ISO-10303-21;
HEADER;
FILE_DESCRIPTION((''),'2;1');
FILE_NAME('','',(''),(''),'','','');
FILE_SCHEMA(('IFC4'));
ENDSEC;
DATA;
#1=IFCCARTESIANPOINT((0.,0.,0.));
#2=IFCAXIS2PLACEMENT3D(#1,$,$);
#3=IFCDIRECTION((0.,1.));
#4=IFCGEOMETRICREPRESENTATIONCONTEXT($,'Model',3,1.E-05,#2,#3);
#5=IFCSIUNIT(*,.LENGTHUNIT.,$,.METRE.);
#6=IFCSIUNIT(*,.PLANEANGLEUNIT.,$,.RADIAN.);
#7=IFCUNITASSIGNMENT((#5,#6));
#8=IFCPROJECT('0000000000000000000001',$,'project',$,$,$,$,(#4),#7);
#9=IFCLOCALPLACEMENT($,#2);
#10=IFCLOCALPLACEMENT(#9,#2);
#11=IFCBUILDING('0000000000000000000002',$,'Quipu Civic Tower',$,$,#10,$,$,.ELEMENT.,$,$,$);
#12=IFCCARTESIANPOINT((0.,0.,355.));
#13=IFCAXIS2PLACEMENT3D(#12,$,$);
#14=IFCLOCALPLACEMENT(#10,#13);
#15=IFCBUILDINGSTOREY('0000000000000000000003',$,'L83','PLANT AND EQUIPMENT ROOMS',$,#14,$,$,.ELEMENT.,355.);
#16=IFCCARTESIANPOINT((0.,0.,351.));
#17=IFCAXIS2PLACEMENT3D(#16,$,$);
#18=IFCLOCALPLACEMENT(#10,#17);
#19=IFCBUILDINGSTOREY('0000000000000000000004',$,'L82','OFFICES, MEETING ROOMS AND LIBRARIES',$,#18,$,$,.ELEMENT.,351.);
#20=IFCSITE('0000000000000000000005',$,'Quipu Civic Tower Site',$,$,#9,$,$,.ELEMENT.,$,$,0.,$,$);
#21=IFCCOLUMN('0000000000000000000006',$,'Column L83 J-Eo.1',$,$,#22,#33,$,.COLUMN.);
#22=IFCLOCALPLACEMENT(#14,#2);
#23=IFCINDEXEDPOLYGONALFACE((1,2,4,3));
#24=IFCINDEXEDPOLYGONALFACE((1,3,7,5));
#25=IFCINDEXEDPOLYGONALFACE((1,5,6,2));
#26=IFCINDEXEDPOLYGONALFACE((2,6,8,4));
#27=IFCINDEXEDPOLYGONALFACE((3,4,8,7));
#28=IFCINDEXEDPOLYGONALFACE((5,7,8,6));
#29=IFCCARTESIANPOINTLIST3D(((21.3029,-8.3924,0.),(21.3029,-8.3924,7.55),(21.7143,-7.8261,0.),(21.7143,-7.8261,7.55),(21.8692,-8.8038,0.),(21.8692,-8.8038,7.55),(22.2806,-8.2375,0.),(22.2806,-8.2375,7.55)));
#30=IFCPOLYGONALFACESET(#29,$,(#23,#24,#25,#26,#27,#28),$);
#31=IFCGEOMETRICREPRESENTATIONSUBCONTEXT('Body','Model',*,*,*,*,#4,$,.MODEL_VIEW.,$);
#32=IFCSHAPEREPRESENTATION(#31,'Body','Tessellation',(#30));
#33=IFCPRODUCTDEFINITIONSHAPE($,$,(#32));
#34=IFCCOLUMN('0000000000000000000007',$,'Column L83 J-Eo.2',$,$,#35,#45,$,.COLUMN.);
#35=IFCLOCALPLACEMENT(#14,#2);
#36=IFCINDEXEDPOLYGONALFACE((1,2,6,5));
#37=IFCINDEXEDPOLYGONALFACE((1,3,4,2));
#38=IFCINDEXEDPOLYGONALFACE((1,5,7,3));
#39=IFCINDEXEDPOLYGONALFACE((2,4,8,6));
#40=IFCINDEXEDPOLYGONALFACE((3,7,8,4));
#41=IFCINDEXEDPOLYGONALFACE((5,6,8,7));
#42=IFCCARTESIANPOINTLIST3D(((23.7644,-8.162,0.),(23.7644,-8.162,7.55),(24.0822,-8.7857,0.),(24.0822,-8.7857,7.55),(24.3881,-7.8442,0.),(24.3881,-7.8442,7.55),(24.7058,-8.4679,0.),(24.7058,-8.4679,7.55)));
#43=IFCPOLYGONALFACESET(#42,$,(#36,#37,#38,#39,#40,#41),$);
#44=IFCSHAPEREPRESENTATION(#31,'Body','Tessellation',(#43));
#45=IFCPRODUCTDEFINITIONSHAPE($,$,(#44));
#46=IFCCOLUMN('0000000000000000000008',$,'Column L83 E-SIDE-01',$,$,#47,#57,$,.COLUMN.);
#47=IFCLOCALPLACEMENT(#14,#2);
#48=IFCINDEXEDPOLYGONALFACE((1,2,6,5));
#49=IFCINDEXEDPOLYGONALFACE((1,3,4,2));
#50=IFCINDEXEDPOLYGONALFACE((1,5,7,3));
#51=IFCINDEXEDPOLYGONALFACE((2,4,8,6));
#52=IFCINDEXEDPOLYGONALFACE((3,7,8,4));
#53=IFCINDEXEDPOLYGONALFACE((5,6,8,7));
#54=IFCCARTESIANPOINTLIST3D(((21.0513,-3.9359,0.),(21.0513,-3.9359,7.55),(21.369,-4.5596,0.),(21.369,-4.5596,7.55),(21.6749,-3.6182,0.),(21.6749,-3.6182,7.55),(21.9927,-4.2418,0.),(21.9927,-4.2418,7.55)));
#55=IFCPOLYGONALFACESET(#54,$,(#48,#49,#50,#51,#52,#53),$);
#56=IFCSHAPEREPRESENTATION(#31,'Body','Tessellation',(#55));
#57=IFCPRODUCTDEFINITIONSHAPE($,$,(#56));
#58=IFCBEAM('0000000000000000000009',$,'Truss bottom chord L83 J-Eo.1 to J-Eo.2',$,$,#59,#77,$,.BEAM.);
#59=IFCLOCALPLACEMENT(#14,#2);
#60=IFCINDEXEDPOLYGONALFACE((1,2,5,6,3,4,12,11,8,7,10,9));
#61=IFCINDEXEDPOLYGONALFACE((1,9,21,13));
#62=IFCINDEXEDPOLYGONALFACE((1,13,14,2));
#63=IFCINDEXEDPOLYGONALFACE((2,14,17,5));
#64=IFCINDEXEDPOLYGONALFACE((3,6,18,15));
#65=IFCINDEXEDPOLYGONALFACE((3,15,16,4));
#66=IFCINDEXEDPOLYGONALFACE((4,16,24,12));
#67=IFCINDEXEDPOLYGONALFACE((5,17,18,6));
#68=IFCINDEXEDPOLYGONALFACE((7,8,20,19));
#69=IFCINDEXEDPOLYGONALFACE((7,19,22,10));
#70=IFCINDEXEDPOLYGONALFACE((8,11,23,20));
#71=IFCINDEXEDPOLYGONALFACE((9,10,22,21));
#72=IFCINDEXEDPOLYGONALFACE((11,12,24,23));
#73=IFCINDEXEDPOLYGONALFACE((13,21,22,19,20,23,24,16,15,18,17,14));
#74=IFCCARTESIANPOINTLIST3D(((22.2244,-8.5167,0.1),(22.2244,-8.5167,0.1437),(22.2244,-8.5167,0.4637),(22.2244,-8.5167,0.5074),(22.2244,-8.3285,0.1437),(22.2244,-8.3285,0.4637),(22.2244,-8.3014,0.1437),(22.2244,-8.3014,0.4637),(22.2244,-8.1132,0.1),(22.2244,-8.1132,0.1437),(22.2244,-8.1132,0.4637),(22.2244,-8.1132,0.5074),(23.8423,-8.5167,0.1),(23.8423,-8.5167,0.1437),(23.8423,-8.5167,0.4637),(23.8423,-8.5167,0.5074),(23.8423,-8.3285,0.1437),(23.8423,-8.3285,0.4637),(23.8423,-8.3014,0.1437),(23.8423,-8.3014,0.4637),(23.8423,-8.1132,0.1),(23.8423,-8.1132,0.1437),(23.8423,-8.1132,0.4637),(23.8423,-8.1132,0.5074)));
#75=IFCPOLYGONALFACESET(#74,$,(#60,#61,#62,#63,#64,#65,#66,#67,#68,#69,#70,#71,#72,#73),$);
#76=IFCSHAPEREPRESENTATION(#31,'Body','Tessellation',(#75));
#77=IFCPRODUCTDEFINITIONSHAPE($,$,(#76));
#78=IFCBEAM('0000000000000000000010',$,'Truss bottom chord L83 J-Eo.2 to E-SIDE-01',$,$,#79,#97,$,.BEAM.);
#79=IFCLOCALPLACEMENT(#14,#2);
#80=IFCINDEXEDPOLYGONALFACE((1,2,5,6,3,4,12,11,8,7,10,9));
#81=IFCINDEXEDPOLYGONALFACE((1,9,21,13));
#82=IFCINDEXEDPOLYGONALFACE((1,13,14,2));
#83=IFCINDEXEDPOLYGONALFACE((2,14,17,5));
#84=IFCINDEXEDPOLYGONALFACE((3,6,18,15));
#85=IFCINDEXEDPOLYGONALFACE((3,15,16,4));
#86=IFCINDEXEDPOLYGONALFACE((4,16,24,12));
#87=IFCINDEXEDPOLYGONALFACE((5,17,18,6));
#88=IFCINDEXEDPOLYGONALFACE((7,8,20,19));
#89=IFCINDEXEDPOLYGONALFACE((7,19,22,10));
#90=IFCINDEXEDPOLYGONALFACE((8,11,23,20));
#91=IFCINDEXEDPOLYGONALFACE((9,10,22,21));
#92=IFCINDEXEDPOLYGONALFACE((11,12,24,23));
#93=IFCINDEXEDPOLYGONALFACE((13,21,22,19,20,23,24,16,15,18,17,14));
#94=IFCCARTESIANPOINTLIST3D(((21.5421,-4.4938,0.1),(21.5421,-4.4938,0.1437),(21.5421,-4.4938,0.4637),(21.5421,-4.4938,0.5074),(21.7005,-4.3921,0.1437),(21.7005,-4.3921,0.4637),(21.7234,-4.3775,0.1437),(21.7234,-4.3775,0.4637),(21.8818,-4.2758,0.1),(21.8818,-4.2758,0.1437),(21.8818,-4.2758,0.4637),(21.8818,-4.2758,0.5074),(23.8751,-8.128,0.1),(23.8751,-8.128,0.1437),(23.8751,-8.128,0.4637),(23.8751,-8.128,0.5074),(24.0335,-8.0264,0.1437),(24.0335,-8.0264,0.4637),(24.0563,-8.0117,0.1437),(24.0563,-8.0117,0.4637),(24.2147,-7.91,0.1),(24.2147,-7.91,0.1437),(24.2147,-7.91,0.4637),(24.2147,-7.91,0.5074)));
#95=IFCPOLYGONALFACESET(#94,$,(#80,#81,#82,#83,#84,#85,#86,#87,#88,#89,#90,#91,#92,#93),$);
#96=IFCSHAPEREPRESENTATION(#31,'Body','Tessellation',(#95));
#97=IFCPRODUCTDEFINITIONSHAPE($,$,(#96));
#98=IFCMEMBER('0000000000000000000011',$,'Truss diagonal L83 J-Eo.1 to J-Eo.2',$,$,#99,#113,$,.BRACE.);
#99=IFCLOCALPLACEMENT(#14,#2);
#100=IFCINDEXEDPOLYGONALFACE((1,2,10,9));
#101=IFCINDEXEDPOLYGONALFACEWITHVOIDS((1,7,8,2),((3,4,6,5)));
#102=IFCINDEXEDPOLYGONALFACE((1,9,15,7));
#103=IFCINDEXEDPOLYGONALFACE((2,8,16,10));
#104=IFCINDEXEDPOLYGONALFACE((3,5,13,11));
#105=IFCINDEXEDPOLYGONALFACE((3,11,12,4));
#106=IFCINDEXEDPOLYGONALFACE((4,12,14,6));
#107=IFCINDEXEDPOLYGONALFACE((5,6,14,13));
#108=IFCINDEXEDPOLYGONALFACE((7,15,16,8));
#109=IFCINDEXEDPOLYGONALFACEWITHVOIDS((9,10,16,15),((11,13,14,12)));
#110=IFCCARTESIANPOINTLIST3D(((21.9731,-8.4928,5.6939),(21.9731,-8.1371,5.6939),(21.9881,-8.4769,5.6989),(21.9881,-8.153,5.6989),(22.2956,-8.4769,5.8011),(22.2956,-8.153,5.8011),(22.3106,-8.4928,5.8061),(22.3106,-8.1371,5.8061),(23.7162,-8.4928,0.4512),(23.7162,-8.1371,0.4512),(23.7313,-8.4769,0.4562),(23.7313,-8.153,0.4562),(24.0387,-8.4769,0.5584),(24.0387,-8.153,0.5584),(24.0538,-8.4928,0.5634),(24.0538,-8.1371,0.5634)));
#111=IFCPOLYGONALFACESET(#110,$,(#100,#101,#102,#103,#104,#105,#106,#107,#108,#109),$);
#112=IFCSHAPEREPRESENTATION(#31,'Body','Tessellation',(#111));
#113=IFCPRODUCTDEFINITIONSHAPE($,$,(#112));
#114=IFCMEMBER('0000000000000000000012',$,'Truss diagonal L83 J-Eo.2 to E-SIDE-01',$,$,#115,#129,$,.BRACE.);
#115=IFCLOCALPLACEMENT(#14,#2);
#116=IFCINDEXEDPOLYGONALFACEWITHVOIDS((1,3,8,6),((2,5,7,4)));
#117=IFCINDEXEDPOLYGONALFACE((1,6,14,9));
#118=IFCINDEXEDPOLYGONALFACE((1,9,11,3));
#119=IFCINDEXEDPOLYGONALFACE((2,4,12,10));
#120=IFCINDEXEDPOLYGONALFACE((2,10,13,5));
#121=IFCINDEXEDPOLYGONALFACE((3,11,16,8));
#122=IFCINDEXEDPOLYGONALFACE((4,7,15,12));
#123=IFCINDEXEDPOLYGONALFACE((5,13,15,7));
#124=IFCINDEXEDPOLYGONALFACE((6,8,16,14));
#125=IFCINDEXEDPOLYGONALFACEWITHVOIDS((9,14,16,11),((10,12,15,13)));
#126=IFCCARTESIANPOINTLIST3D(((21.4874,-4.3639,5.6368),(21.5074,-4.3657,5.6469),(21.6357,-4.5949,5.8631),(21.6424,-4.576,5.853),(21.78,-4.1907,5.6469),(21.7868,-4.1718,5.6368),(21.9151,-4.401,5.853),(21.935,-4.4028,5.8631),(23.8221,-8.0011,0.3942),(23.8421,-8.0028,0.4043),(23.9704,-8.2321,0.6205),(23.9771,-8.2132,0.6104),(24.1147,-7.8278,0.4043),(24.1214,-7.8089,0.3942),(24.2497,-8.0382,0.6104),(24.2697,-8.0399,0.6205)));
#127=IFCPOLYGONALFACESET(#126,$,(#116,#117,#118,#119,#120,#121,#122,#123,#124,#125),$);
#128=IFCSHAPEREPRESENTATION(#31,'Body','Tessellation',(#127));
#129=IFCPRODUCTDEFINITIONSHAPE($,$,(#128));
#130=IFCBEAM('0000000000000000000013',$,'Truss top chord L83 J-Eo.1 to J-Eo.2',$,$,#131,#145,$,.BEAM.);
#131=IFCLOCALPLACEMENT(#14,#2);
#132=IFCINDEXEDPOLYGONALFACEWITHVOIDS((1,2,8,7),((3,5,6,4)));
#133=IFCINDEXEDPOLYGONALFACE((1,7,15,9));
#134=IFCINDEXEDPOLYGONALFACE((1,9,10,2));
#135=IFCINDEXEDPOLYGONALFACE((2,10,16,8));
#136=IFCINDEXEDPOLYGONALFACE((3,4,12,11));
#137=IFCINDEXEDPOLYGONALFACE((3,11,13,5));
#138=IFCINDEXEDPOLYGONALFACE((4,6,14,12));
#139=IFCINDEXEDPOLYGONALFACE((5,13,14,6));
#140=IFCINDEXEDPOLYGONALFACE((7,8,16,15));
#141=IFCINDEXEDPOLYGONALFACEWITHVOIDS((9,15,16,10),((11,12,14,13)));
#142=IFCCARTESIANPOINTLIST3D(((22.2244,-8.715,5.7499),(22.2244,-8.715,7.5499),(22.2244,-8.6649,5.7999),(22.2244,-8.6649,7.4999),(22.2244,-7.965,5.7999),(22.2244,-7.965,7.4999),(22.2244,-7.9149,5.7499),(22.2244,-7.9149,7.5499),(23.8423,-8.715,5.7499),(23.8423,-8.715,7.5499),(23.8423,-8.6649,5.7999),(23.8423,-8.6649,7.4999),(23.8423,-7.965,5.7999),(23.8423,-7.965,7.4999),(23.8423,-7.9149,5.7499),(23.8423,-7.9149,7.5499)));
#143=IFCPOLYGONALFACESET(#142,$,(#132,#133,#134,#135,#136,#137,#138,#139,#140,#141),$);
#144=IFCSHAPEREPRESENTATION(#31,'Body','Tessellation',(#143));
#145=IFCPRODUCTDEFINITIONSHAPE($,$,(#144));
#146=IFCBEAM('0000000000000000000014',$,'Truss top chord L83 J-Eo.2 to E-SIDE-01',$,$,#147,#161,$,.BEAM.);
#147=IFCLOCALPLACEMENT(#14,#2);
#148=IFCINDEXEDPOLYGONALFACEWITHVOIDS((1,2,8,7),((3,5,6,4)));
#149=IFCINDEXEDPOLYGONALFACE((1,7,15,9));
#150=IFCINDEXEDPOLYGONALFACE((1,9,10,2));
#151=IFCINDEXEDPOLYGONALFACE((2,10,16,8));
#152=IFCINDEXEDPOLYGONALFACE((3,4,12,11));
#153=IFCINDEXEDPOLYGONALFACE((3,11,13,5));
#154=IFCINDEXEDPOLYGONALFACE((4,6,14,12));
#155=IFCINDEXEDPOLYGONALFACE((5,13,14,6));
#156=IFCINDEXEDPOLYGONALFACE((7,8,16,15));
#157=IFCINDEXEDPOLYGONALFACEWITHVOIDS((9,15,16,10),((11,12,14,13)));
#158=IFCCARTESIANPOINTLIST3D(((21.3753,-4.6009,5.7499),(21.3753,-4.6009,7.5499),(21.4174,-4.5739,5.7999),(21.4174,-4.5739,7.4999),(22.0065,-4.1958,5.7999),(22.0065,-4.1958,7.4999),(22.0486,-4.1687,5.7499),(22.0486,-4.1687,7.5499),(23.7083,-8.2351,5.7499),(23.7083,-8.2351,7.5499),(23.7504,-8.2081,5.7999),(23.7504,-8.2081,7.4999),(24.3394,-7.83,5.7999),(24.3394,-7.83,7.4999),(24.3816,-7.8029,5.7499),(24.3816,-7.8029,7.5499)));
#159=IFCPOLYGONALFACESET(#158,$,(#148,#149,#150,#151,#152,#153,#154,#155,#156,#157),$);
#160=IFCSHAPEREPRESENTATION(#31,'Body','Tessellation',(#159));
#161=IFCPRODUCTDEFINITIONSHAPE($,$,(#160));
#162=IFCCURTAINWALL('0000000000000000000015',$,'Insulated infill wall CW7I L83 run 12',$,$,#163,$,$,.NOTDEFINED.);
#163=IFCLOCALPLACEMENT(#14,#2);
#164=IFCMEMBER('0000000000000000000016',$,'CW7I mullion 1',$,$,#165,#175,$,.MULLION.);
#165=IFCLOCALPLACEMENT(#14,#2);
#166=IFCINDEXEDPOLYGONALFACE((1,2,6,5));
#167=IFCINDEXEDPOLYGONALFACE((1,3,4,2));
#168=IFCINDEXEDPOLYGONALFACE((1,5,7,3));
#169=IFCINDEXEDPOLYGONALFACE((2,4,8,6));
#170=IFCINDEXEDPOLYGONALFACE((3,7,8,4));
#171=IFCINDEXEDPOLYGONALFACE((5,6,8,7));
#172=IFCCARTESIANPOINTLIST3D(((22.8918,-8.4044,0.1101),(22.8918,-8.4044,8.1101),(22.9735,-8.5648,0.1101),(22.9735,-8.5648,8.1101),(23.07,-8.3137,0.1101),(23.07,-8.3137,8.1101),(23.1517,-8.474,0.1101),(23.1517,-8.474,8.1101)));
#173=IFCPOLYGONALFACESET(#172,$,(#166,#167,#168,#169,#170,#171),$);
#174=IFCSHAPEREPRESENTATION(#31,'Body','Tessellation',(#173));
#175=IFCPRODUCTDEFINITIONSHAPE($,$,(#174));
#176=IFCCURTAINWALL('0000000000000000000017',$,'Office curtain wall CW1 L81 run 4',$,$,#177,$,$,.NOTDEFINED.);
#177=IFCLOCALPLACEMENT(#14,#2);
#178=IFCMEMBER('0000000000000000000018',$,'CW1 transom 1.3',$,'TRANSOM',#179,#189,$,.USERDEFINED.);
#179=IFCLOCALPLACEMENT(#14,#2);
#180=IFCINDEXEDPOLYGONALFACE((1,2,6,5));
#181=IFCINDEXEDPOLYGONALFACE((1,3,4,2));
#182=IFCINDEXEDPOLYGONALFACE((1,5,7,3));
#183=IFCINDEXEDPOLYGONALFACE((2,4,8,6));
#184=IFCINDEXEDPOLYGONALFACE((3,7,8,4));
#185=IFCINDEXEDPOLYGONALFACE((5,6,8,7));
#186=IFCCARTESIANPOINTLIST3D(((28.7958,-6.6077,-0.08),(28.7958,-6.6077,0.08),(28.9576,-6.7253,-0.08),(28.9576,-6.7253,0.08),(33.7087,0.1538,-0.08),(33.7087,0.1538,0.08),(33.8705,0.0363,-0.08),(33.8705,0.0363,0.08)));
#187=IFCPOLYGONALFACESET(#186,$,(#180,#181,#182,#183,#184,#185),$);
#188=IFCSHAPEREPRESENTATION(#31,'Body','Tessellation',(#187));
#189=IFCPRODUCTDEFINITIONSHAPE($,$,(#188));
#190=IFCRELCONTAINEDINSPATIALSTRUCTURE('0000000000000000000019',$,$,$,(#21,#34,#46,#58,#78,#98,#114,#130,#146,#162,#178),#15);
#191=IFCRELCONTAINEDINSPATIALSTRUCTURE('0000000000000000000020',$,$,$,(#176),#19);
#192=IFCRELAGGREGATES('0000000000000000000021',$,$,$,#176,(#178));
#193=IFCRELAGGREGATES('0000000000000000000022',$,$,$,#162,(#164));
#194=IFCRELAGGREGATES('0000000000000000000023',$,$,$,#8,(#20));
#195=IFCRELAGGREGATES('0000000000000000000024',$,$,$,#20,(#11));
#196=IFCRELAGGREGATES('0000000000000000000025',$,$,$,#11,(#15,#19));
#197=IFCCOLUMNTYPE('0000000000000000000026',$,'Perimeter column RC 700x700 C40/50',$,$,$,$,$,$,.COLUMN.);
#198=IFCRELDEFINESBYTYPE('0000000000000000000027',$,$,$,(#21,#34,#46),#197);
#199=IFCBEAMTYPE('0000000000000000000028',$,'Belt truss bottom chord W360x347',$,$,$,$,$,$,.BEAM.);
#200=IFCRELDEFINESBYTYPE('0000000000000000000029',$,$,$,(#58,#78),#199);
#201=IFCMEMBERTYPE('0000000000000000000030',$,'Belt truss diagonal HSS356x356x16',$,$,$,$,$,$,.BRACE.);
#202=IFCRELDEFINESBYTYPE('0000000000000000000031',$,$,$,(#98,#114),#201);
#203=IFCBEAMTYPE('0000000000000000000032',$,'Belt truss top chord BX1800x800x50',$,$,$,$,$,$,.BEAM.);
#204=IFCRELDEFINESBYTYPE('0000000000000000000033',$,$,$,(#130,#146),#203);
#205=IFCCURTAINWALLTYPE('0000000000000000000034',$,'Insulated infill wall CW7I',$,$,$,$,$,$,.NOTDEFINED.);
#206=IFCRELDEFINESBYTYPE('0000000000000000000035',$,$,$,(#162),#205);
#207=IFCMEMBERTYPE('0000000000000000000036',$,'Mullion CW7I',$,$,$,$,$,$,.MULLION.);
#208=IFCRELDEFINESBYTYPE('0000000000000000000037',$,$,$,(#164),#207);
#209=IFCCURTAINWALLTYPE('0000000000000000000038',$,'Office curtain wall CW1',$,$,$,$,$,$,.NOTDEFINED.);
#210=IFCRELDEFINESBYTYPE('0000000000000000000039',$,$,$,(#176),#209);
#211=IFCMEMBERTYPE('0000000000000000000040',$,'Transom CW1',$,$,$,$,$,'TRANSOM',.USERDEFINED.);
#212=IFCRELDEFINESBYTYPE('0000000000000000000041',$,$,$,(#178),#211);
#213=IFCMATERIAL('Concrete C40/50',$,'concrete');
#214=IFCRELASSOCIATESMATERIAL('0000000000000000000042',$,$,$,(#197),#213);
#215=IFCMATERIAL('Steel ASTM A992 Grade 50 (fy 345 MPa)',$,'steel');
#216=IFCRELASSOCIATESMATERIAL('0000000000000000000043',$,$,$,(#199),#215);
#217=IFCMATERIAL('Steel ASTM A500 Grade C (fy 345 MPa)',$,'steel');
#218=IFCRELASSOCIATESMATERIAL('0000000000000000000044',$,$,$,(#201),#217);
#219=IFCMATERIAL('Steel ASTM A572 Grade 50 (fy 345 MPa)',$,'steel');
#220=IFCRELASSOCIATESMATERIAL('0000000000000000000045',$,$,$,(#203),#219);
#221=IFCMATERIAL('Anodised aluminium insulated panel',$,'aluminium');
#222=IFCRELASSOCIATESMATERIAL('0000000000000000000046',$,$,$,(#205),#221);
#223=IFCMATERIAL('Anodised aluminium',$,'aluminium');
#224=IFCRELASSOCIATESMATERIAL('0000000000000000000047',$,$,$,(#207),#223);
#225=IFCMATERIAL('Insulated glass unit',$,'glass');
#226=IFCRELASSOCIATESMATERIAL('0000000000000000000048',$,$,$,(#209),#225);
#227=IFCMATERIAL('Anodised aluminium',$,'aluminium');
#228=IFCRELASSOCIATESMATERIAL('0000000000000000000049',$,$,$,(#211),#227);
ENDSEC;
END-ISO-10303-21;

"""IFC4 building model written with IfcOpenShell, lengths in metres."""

from ifc_helpers import new_model, si_unit, direction, frame, origin, origin_2d, place, context, subcontext, project, spatial, rectangle, hollow_rectangle, i_section, extrude, material, material_profile, profile_set, type_object, element, aggregate, save


model = new_model("IFC4")

# Units and contexts
model_context = context("Model", 3, precision=1e-05, world=origin(), true_north=direction((0.0, 1.0)))
body_context = subcontext(model_context, "Body", "Model", "MODEL_VIEW")
ifc_project = project(units=[si_unit("LENGTHUNIT", "METRE"), si_unit("PLANEANGLEUNIT", "RADIAN")], contexts=[model_context])

# Site, building, storey
site_placement = place(None, origin())
site = spatial("IfcSite", under=ifc_project, at=site_placement, Name="Quipu Civic Tower Site", CompositionType="ELEMENT", RefElevation=0.0)
building_placement = place(site_placement, origin())
building = spatial("IfcBuilding", under=site, at=building_placement, Name="Quipu Civic Tower", CompositionType="ELEMENT")
storey_1_placement = place(building_placement, frame((0.0, 0.0, 355.0)))
storey_1 = spatial("IfcBuildingStorey", under=building, at=storey_1_placement, Name="L83", Description="PLANT AND EQUIPMENT ROOMS", CompositionType="ELEMENT", Elevation=355.0)

# Columns
ifc_material_1 = material(Name="Concrete C40/50", Category="concrete")
ifc_material_profile_1 = material_profile(ifc_material_1, rectangle(XDim=0.7, YDim=0.7, at=origin_2d()), Name="RC700x700")
ifc_profile_set_1 = profile_set([ifc_material_profile_1], Name="Concrete C40/50")
column_type = type_object("IfcColumnType", Name="Perimeter column RC 700x700 C40/50", PredefinedType="COLUMN", material=ifc_profile_set_1)
for number, where, z_axis, x_axis, name in (
    (1, (21.7917, -8.3149, 0.0), (0.0, 0.0, 1.0), (0.587785, 0.809017, 0.0), "Column L83 J-Eo.1"),
    (2, (24.2351, -8.3149, 0.0), (0.0, 0.0, 1.0), (-0.45399, 0.891007, 0.0), "Column L83 J-Eo.2"),
    (3, (21.522, -4.0889, 0.0), (0.0, 0.0, 1.0), (-0.45399, 0.891007, 0.0), "Column L83 E-SIDE-01"),
):
    element("IfcColumn", number, at=place(storey_1_placement, frame(where, z_axis=z_axis, x_axis=x_axis)), inside=storey_1, type_object=column_type, Name=name, PredefinedType="COLUMN", context=body_context, shape_type="SweptSolid", body=[
        extrude(rectangle(XDim=0.7, YDim=0.7, at=origin_2d()), origin(), (0.0, 0.0, 1.0), 7.55),
    ])

# Beams
ifc_material_2 = material(Name="Steel ASTM A992 Grade 50 (fy 345 MPa)", Category="steel")
ifc_material_profile_2 = material_profile(ifc_material_2, i_section(OverallWidth=0.4036, OverallDepth=0.4075, WebThickness=0.0271, FlangeThickness=0.0437, at=origin_2d()), Name="W360x347")
ifc_profile_set_2 = profile_set([ifc_material_profile_2], Name="Steel ASTM A992 Grade 50 (fy 345 MPa)")
beam_type_1 = type_object("IfcBeamType", Name="Belt truss bottom chord W360x347", PredefinedType="BEAM", material=ifc_profile_set_2)
beam_1_placement = place(storey_1_placement, frame((22.2244, -8.3149, 0.3037), z_axis=(1.0, 0.0, 0.0), x_axis=(0.0, 1.0, 0.0)))
element("IfcBeam", 4, at=beam_1_placement, inside=storey_1, type_object=beam_type_1, Name="Truss bottom chord L83 J-Eo.1 to J-Eo.2", PredefinedType="BEAM", context=body_context, shape_type="SweptSolid", body=[
    extrude(i_section(OverallWidth=0.4036, OverallDepth=0.4075, WebThickness=0.0271, FlangeThickness=0.0437, at=origin_2d()), origin(), (0.0, 0.0, 1.0), 1.6179),
])
beam_2_placement = place(storey_1_placement, frame((24.0449, -8.019, 0.3037), z_axis=(-0.540215, 0.841527, 0.0), x_axis=(-0.841527, -0.540215, 0.0)))
element("IfcBeam", 5, at=beam_2_placement, inside=storey_1, type_object=beam_type_1, Name="Truss bottom chord L83 J-Eo.2 to E-SIDE-01", PredefinedType="BEAM", context=body_context, shape_type="SweptSolid", body=[
    extrude(i_section(OverallWidth=0.4036, OverallDepth=0.4075, WebThickness=0.0271, FlangeThickness=0.0437, at=origin_2d()), origin(), (0.0, 0.0, 1.0), 4.3186),
])

# Members
ifc_material_3 = material(Name="Steel ASTM A500 Grade C (fy 345 MPa)", Category="steel")
ifc_material_profile_3 = material_profile(ifc_material_3, hollow_rectangle(XDim=0.3557, YDim=0.3557, WallThickness=0.0159, at=origin_2d()), Name="HSS356x356x16")
ifc_profile_set_3 = profile_set([ifc_material_profile_3], Name="Steel ASTM A500 Grade C (fy 345 MPa)")
member_type_1 = type_object("IfcMemberType", Name="Belt truss diagonal HSS356x356x16", PredefinedType="BRACE", material=ifc_profile_set_3)
member_1_placement = place(storey_1_placement, frame((22.1418, -8.3149, 5.75), z_axis=(0.315512, 0.0, -0.948922), x_axis=(0.0, 1.0, 0.0)))
element("IfcMember", 6, at=member_1_placement, inside=storey_1, type_object=member_type_1, Name="Truss diagonal L83 J-Eo.1 to J-Eo.2", PredefinedType="BRACE", context=body_context, shape_type="SweptSolid", body=[
    extrude(hollow_rectangle(XDim=0.3557, YDim=0.3557, WallThickness=0.0159, at=origin_2d()), origin(), (0.0, 0.0, 1.0), 5.5249),
])
member_2_placement = place(storey_1_placement, frame((24.0459, -8.0205, 0.5073), z_axis=(-0.343616, 0.535313, 0.771601), x_axis=(-0.841545, -0.540186, 0.0)))
element("IfcMember", 7, at=member_2_placement, inside=storey_1, type_object=member_type_1, Name="Truss diagonal L83 J-Eo.2 to E-SIDE-01", PredefinedType="BRACE", context=body_context, shape_type="SweptSolid", body=[
    extrude(hollow_rectangle(XDim=0.3557, YDim=0.3557, WallThickness=0.0159, at=origin_2d()), origin(), (0.0, 0.0, 1.0), 6.7944),
])

# Beams
ifc_material_4 = material(Name="Steel ASTM A572 Grade 50 (fy 345 MPa)", Category="steel")
ifc_material_profile_4 = material_profile(ifc_material_4, hollow_rectangle(XDim=0.8, YDim=1.8, WallThickness=0.05, at=origin_2d()), Name="BX1800x800x50")
ifc_profile_set_4 = profile_set([ifc_material_profile_4], Name="Steel ASTM A572 Grade 50 (fy 345 MPa)")
beam_type_2 = type_object("IfcBeamType", Name="Belt truss top chord BX1800x800x50", PredefinedType="BEAM", material=ifc_profile_set_4)
beam_3_placement = place(storey_1_placement, frame((22.2244, -8.3149, 6.6499), z_axis=(1.0, 0.0, 0.0), x_axis=(0.0, 1.0, 0.0)))
element("IfcBeam", 8, at=beam_3_placement, inside=storey_1, type_object=beam_type_2, Name="Truss top chord L83 J-Eo.1 to J-Eo.2", PredefinedType="BEAM", context=body_context, shape_type="SweptSolid", body=[
    extrude(hollow_rectangle(XDim=0.8, YDim=1.8, WallThickness=0.05, at=origin_2d()), origin(), (0.0, 0.0, 1.0), 1.6179),
])
beam_4_placement = place(storey_1_placement, frame((24.0449, -8.019, 6.6499), z_axis=(-0.540215, 0.841527, 0.0), x_axis=(-0.841527, -0.540215, 0.0)))
element("IfcBeam", 9, at=beam_4_placement, inside=storey_1, type_object=beam_type_2, Name="Truss top chord L83 J-Eo.2 to E-SIDE-01", PredefinedType="BEAM", context=body_context, shape_type="SweptSolid", body=[
    extrude(hollow_rectangle(XDim=0.8, YDim=1.8, WallThickness=0.05, at=origin_2d()), origin(), (0.0, 0.0, 1.0), 4.3186),
])

# Curtain wall, member
ifc_material_5 = material(Name="Anodised aluminium insulated panel", Category="aluminium")
curtain_wall_type_1 = type_object("IfcCurtainWallType", Name="Insulated infill wall CW7I", PredefinedType="NOTDEFINED", material=ifc_material_5)
curtain_wall_1_placement = place(storey_1_placement, origin())
curtain_wall_1 = element("IfcCurtainWall", 10, at=curtain_wall_1_placement, inside=storey_1, type_object=curtain_wall_type_1, Name="Insulated infill wall CW7I L83 run 12", PredefinedType="NOTDEFINED")
ifc_material_6 = material(Name="Anodised aluminium", Category="aluminium")
ifc_material_profile_5 = material_profile(ifc_material_6, rectangle(XDim=0.2, YDim=0.1799, at=origin_2d()), Name="RECT 200x180")
ifc_profile_set_5 = profile_set([ifc_material_profile_5], Name="Anodised aluminium")
member_type_2 = type_object("IfcMemberType", Name="Mullion CW7I", PredefinedType="MULLION", material=ifc_profile_set_5)
member_3_placement = place(storey_1_placement, frame((23.0217, -8.4392, 0.1101), z_axis=(0.0, 0.0, 1.0), x_axis=(-0.891001, -0.454002, 0.0)))
member_3 = element("IfcMember", 11, at=member_3_placement, type_object=member_type_2, Name="CW7I mullion 1", PredefinedType="MULLION", context=body_context, shape_type="SweptSolid", body=[
    extrude(rectangle(XDim=0.2, YDim=0.1799, at=origin_2d()), origin(), (0.0, 0.0, 1.0), 8.0),
])

# Shared definitions
storey_2_placement = place(building_placement, frame((0.0, 0.0, 351.0)))
storey_2 = spatial("IfcBuildingStorey", under=building, at=storey_2_placement, Name="L82", Description="OFFICES, MEETING ROOMS AND LIBRARIES", CompositionType="ELEMENT", Elevation=351.0)

# Curtain wall, member
ifc_material_7 = material(Name="Insulated glass unit", Category="glass")
curtain_wall_type_2 = type_object("IfcCurtainWallType", Name="Office curtain wall CW1", PredefinedType="NOTDEFINED", material=ifc_material_7)
curtain_wall_2_placement = place(storey_2_placement, origin())
curtain_wall_2 = element("IfcCurtainWall", 12, at=curtain_wall_2_placement, inside=storey_2, type_object=curtain_wall_type_2, Name="Office curtain wall CW1 L81 run 4", PredefinedType="NOTDEFINED")
ifc_material_8 = material(Name="Anodised aluminium", Category="aluminium")
ifc_material_profile_6 = material_profile(ifc_material_8, rectangle(XDim=0.2, YDim=0.1599, at=origin_2d()), Name="RECT 200x160")
ifc_profile_set_6 = profile_set([ifc_material_profile_6], Name="Anodised aluminium")
member_type_3 = type_object("IfcMemberType", Name="Transom CW1", ElementType="TRANSOM", PredefinedType="USERDEFINED", material=ifc_profile_set_6)
member_4_placement = place(storey_1_placement, frame((28.8767, -6.6665, 0.0), z_axis=(0.587812, 0.808997, 0.0), x_axis=(-0.808997, 0.587812, 0.0)))
member_4 = element("IfcMember", 13, at=member_4_placement, inside=storey_1, type_object=member_type_3, Name="CW1 transom 1.3", ObjectType="TRANSOM", PredefinedType="USERDEFINED", context=body_context, shape_type="SweptSolid", body=[
    extrude(rectangle(XDim=0.2, YDim=0.1599, at=origin_2d()), origin(), (0.0, 0.0, 1.0), 8.3579),
])
aggregate(curtain_wall_2, [member_4])

aggregate(curtain_wall_1, [member_3])

save(model, "model.ifc")
